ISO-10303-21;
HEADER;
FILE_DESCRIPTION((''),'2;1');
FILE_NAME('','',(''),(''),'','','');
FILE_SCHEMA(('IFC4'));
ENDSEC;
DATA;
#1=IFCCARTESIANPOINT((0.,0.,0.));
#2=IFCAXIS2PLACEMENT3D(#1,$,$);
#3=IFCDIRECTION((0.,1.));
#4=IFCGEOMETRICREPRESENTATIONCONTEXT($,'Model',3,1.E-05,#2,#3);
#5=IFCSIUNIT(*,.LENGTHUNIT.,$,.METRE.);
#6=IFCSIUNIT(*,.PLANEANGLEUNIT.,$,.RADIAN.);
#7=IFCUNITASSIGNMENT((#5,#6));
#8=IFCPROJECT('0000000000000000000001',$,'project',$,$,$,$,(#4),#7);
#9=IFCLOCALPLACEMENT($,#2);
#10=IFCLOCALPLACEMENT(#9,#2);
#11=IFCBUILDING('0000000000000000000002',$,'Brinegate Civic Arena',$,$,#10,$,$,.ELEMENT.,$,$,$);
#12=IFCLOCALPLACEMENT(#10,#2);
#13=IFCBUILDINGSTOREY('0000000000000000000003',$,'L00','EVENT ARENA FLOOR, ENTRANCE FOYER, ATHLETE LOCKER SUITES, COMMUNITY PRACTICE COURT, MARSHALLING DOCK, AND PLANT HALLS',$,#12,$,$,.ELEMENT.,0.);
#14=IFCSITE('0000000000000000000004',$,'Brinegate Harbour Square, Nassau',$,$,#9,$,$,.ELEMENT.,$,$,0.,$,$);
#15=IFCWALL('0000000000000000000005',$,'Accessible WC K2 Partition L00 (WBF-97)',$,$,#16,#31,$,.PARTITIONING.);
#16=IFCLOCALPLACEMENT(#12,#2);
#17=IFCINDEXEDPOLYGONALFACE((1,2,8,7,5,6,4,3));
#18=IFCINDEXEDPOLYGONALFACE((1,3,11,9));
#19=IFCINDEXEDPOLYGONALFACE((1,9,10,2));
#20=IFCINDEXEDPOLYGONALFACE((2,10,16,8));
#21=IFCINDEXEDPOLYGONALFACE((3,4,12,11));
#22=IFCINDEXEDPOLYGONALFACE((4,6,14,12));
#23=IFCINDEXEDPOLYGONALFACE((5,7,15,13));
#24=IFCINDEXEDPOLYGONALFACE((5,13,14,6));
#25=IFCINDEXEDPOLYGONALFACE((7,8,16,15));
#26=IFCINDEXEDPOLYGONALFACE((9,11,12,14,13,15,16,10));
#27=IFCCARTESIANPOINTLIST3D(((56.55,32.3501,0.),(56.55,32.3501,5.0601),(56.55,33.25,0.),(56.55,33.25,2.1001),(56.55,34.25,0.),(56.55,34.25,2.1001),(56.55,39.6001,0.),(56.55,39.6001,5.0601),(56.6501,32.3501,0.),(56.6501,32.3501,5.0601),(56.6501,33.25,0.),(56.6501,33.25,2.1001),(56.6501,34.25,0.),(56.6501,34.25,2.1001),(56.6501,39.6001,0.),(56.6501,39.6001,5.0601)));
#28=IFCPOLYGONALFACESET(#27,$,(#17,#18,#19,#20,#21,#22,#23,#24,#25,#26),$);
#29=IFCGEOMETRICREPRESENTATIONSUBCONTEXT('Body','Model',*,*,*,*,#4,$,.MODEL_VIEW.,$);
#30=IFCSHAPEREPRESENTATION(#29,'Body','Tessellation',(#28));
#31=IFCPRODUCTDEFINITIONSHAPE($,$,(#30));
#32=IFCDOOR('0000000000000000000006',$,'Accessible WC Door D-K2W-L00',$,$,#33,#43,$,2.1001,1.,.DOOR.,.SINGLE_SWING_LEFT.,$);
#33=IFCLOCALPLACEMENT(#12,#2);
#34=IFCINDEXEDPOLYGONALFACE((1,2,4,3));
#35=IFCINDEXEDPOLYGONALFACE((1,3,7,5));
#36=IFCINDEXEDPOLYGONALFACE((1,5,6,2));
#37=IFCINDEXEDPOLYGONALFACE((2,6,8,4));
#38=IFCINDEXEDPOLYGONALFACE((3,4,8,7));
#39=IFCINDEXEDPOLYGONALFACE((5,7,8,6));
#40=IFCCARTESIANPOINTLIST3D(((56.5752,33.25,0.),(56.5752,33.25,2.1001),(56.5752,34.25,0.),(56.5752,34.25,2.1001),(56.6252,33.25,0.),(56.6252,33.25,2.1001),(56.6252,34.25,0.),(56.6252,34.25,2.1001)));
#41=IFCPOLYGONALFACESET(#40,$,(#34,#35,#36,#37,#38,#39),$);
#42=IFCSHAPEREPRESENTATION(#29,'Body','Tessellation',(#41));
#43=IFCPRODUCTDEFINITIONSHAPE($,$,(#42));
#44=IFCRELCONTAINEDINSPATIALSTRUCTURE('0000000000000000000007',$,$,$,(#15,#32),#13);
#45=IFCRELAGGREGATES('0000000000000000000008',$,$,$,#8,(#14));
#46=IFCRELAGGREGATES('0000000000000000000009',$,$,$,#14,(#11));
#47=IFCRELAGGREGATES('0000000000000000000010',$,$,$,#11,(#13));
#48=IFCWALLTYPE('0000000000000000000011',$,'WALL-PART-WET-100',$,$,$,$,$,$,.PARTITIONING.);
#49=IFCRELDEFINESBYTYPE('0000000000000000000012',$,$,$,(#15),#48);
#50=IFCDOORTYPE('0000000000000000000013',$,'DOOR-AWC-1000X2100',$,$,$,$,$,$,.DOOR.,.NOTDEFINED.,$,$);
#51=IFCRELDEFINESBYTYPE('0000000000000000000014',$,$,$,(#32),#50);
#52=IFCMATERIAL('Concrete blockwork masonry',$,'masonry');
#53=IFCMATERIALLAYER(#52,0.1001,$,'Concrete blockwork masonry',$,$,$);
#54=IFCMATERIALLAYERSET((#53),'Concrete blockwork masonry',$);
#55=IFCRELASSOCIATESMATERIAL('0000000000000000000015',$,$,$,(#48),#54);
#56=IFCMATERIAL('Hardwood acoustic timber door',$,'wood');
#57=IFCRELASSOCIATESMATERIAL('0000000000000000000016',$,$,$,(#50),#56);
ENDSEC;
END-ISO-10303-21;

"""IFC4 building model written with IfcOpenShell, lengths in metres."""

from ifc_helpers import new_model, si_unit, direction, frame, frame_2d, origin, place, context, subcontext, project, spatial, rectangle, extrude, material, layer, layer_set, type_object, element, fill, save


model = new_model("IFC4")

# Units and contexts
model_context = context("Model", 3, precision=1e-05, world=origin(), true_north=direction((0.0, 1.0)))
body_context = subcontext(model_context, "Body", "Model", "MODEL_VIEW")
ifc_project = project(units=[si_unit("LENGTHUNIT", "METRE"), si_unit("PLANEANGLEUNIT", "RADIAN")], contexts=[model_context])

# Site, building, storey
site_placement = place(None, origin())
site = spatial("IfcSite", under=ifc_project, at=site_placement, Name="Brinegate Harbour Square, Nassau", CompositionType="ELEMENT", RefElevation=0.0)
building_placement = place(site_placement, origin())
building = spatial("IfcBuilding", under=site, at=building_placement, Name="Brinegate Civic Arena", CompositionType="ELEMENT")
storey_placement = place(building_placement, origin())
storey = spatial("IfcBuildingStorey", under=building, at=storey_placement, Name="L00", Description="EVENT ARENA FLOOR, ENTRANCE FOYER, ATHLETE LOCKER SUITES, COMMUNITY PRACTICE COURT, MARSHALLING DOCK, AND PLANT HALLS", CompositionType="ELEMENT", Elevation=0.0)

# Shared definitions
ifc_material_1 = material(Name="Concrete blockwork masonry", Category="masonry")
ifc_material_2 = material(Name="Hardwood acoustic timber door", Category="wood")

# Wall, opening, door
ifc_layer_1 = layer(ifc_material_1, 0.1001, Name="Concrete blockwork masonry")
ifc_layer_set_1 = layer_set([ifc_layer_1], Name="Concrete blockwork masonry")
wall_type_1 = type_object("IfcWallType", Name="WALL-PART-WET-100", PredefinedType="PARTITIONING", material=ifc_layer_set_1)
wall_1_placement = place(storey_placement, frame((56.6001, 32.3501, 0.0), z_axis=(0.0, 0.0, 1.0), x_axis=(0.0, 1.0, 0.0)))
wall_1 = element("IfcWall", 1, at=wall_1_placement, inside=storey, type_object=wall_type_1, Name="Accessible WC K2 Partition L00 (WBF-97)", PredefinedType="PARTITIONING", context=body_context, shape_type="SweptSolid", body=[
    extrude(rectangle(XDim=7.25, YDim=0.1001, at=frame_2d((3.625, 0.0))), origin(), (0.0, 0.0, 1.0), 5.0601),
])
opening_1_placement = place(wall_1_placement, frame((0.8999, 0.0, 0.0)))
opening_1 = element("IfcOpeningElement", 2, at=opening_1_placement, cuts=wall_1, PredefinedType="OPENING", context=body_context, shape_type="SweptSolid", body=[
    extrude(rectangle(XDim=1.0, YDim=2.1001, at=frame_2d((0.5, 1.05))), frame((0.0, 0.0601, 0.0), z_axis=(0.0, -1.0, 0.0), x_axis=(1.0, 0.0, 0.0)), (0.0, 0.0, 1.0), 0.1201),
])
door_type_1 = type_object("IfcDoorType", Name="DOOR-AWC-1000X2100", OperationType="NOTDEFINED", PredefinedType="DOOR", material=ifc_material_2)
door_1_placement = place(opening_1_placement, origin())
door_1 = element("IfcDoor", 3, at=door_1_placement, inside=storey, type_object=door_type_1, Name="Accessible WC Door D-K2W-L00", OperationType="SINGLE_SWING_LEFT", OverallHeight=2.1001, OverallWidth=1.0, PredefinedType="DOOR", context=body_context, shape_type="SweptSolid", body=[
    extrude(rectangle(XDim=1.0, YDim=2.1001, at=frame_2d((0.5, 1.05))), frame((0.0, 0.0249, 0.0), z_axis=(0.0, -1.0, 0.0), x_axis=(1.0, 0.0, 0.0)), (0.0, 0.0, 1.0), 0.05),
])
fill(opening_1, door_1)

save(model, "model.ifc")
